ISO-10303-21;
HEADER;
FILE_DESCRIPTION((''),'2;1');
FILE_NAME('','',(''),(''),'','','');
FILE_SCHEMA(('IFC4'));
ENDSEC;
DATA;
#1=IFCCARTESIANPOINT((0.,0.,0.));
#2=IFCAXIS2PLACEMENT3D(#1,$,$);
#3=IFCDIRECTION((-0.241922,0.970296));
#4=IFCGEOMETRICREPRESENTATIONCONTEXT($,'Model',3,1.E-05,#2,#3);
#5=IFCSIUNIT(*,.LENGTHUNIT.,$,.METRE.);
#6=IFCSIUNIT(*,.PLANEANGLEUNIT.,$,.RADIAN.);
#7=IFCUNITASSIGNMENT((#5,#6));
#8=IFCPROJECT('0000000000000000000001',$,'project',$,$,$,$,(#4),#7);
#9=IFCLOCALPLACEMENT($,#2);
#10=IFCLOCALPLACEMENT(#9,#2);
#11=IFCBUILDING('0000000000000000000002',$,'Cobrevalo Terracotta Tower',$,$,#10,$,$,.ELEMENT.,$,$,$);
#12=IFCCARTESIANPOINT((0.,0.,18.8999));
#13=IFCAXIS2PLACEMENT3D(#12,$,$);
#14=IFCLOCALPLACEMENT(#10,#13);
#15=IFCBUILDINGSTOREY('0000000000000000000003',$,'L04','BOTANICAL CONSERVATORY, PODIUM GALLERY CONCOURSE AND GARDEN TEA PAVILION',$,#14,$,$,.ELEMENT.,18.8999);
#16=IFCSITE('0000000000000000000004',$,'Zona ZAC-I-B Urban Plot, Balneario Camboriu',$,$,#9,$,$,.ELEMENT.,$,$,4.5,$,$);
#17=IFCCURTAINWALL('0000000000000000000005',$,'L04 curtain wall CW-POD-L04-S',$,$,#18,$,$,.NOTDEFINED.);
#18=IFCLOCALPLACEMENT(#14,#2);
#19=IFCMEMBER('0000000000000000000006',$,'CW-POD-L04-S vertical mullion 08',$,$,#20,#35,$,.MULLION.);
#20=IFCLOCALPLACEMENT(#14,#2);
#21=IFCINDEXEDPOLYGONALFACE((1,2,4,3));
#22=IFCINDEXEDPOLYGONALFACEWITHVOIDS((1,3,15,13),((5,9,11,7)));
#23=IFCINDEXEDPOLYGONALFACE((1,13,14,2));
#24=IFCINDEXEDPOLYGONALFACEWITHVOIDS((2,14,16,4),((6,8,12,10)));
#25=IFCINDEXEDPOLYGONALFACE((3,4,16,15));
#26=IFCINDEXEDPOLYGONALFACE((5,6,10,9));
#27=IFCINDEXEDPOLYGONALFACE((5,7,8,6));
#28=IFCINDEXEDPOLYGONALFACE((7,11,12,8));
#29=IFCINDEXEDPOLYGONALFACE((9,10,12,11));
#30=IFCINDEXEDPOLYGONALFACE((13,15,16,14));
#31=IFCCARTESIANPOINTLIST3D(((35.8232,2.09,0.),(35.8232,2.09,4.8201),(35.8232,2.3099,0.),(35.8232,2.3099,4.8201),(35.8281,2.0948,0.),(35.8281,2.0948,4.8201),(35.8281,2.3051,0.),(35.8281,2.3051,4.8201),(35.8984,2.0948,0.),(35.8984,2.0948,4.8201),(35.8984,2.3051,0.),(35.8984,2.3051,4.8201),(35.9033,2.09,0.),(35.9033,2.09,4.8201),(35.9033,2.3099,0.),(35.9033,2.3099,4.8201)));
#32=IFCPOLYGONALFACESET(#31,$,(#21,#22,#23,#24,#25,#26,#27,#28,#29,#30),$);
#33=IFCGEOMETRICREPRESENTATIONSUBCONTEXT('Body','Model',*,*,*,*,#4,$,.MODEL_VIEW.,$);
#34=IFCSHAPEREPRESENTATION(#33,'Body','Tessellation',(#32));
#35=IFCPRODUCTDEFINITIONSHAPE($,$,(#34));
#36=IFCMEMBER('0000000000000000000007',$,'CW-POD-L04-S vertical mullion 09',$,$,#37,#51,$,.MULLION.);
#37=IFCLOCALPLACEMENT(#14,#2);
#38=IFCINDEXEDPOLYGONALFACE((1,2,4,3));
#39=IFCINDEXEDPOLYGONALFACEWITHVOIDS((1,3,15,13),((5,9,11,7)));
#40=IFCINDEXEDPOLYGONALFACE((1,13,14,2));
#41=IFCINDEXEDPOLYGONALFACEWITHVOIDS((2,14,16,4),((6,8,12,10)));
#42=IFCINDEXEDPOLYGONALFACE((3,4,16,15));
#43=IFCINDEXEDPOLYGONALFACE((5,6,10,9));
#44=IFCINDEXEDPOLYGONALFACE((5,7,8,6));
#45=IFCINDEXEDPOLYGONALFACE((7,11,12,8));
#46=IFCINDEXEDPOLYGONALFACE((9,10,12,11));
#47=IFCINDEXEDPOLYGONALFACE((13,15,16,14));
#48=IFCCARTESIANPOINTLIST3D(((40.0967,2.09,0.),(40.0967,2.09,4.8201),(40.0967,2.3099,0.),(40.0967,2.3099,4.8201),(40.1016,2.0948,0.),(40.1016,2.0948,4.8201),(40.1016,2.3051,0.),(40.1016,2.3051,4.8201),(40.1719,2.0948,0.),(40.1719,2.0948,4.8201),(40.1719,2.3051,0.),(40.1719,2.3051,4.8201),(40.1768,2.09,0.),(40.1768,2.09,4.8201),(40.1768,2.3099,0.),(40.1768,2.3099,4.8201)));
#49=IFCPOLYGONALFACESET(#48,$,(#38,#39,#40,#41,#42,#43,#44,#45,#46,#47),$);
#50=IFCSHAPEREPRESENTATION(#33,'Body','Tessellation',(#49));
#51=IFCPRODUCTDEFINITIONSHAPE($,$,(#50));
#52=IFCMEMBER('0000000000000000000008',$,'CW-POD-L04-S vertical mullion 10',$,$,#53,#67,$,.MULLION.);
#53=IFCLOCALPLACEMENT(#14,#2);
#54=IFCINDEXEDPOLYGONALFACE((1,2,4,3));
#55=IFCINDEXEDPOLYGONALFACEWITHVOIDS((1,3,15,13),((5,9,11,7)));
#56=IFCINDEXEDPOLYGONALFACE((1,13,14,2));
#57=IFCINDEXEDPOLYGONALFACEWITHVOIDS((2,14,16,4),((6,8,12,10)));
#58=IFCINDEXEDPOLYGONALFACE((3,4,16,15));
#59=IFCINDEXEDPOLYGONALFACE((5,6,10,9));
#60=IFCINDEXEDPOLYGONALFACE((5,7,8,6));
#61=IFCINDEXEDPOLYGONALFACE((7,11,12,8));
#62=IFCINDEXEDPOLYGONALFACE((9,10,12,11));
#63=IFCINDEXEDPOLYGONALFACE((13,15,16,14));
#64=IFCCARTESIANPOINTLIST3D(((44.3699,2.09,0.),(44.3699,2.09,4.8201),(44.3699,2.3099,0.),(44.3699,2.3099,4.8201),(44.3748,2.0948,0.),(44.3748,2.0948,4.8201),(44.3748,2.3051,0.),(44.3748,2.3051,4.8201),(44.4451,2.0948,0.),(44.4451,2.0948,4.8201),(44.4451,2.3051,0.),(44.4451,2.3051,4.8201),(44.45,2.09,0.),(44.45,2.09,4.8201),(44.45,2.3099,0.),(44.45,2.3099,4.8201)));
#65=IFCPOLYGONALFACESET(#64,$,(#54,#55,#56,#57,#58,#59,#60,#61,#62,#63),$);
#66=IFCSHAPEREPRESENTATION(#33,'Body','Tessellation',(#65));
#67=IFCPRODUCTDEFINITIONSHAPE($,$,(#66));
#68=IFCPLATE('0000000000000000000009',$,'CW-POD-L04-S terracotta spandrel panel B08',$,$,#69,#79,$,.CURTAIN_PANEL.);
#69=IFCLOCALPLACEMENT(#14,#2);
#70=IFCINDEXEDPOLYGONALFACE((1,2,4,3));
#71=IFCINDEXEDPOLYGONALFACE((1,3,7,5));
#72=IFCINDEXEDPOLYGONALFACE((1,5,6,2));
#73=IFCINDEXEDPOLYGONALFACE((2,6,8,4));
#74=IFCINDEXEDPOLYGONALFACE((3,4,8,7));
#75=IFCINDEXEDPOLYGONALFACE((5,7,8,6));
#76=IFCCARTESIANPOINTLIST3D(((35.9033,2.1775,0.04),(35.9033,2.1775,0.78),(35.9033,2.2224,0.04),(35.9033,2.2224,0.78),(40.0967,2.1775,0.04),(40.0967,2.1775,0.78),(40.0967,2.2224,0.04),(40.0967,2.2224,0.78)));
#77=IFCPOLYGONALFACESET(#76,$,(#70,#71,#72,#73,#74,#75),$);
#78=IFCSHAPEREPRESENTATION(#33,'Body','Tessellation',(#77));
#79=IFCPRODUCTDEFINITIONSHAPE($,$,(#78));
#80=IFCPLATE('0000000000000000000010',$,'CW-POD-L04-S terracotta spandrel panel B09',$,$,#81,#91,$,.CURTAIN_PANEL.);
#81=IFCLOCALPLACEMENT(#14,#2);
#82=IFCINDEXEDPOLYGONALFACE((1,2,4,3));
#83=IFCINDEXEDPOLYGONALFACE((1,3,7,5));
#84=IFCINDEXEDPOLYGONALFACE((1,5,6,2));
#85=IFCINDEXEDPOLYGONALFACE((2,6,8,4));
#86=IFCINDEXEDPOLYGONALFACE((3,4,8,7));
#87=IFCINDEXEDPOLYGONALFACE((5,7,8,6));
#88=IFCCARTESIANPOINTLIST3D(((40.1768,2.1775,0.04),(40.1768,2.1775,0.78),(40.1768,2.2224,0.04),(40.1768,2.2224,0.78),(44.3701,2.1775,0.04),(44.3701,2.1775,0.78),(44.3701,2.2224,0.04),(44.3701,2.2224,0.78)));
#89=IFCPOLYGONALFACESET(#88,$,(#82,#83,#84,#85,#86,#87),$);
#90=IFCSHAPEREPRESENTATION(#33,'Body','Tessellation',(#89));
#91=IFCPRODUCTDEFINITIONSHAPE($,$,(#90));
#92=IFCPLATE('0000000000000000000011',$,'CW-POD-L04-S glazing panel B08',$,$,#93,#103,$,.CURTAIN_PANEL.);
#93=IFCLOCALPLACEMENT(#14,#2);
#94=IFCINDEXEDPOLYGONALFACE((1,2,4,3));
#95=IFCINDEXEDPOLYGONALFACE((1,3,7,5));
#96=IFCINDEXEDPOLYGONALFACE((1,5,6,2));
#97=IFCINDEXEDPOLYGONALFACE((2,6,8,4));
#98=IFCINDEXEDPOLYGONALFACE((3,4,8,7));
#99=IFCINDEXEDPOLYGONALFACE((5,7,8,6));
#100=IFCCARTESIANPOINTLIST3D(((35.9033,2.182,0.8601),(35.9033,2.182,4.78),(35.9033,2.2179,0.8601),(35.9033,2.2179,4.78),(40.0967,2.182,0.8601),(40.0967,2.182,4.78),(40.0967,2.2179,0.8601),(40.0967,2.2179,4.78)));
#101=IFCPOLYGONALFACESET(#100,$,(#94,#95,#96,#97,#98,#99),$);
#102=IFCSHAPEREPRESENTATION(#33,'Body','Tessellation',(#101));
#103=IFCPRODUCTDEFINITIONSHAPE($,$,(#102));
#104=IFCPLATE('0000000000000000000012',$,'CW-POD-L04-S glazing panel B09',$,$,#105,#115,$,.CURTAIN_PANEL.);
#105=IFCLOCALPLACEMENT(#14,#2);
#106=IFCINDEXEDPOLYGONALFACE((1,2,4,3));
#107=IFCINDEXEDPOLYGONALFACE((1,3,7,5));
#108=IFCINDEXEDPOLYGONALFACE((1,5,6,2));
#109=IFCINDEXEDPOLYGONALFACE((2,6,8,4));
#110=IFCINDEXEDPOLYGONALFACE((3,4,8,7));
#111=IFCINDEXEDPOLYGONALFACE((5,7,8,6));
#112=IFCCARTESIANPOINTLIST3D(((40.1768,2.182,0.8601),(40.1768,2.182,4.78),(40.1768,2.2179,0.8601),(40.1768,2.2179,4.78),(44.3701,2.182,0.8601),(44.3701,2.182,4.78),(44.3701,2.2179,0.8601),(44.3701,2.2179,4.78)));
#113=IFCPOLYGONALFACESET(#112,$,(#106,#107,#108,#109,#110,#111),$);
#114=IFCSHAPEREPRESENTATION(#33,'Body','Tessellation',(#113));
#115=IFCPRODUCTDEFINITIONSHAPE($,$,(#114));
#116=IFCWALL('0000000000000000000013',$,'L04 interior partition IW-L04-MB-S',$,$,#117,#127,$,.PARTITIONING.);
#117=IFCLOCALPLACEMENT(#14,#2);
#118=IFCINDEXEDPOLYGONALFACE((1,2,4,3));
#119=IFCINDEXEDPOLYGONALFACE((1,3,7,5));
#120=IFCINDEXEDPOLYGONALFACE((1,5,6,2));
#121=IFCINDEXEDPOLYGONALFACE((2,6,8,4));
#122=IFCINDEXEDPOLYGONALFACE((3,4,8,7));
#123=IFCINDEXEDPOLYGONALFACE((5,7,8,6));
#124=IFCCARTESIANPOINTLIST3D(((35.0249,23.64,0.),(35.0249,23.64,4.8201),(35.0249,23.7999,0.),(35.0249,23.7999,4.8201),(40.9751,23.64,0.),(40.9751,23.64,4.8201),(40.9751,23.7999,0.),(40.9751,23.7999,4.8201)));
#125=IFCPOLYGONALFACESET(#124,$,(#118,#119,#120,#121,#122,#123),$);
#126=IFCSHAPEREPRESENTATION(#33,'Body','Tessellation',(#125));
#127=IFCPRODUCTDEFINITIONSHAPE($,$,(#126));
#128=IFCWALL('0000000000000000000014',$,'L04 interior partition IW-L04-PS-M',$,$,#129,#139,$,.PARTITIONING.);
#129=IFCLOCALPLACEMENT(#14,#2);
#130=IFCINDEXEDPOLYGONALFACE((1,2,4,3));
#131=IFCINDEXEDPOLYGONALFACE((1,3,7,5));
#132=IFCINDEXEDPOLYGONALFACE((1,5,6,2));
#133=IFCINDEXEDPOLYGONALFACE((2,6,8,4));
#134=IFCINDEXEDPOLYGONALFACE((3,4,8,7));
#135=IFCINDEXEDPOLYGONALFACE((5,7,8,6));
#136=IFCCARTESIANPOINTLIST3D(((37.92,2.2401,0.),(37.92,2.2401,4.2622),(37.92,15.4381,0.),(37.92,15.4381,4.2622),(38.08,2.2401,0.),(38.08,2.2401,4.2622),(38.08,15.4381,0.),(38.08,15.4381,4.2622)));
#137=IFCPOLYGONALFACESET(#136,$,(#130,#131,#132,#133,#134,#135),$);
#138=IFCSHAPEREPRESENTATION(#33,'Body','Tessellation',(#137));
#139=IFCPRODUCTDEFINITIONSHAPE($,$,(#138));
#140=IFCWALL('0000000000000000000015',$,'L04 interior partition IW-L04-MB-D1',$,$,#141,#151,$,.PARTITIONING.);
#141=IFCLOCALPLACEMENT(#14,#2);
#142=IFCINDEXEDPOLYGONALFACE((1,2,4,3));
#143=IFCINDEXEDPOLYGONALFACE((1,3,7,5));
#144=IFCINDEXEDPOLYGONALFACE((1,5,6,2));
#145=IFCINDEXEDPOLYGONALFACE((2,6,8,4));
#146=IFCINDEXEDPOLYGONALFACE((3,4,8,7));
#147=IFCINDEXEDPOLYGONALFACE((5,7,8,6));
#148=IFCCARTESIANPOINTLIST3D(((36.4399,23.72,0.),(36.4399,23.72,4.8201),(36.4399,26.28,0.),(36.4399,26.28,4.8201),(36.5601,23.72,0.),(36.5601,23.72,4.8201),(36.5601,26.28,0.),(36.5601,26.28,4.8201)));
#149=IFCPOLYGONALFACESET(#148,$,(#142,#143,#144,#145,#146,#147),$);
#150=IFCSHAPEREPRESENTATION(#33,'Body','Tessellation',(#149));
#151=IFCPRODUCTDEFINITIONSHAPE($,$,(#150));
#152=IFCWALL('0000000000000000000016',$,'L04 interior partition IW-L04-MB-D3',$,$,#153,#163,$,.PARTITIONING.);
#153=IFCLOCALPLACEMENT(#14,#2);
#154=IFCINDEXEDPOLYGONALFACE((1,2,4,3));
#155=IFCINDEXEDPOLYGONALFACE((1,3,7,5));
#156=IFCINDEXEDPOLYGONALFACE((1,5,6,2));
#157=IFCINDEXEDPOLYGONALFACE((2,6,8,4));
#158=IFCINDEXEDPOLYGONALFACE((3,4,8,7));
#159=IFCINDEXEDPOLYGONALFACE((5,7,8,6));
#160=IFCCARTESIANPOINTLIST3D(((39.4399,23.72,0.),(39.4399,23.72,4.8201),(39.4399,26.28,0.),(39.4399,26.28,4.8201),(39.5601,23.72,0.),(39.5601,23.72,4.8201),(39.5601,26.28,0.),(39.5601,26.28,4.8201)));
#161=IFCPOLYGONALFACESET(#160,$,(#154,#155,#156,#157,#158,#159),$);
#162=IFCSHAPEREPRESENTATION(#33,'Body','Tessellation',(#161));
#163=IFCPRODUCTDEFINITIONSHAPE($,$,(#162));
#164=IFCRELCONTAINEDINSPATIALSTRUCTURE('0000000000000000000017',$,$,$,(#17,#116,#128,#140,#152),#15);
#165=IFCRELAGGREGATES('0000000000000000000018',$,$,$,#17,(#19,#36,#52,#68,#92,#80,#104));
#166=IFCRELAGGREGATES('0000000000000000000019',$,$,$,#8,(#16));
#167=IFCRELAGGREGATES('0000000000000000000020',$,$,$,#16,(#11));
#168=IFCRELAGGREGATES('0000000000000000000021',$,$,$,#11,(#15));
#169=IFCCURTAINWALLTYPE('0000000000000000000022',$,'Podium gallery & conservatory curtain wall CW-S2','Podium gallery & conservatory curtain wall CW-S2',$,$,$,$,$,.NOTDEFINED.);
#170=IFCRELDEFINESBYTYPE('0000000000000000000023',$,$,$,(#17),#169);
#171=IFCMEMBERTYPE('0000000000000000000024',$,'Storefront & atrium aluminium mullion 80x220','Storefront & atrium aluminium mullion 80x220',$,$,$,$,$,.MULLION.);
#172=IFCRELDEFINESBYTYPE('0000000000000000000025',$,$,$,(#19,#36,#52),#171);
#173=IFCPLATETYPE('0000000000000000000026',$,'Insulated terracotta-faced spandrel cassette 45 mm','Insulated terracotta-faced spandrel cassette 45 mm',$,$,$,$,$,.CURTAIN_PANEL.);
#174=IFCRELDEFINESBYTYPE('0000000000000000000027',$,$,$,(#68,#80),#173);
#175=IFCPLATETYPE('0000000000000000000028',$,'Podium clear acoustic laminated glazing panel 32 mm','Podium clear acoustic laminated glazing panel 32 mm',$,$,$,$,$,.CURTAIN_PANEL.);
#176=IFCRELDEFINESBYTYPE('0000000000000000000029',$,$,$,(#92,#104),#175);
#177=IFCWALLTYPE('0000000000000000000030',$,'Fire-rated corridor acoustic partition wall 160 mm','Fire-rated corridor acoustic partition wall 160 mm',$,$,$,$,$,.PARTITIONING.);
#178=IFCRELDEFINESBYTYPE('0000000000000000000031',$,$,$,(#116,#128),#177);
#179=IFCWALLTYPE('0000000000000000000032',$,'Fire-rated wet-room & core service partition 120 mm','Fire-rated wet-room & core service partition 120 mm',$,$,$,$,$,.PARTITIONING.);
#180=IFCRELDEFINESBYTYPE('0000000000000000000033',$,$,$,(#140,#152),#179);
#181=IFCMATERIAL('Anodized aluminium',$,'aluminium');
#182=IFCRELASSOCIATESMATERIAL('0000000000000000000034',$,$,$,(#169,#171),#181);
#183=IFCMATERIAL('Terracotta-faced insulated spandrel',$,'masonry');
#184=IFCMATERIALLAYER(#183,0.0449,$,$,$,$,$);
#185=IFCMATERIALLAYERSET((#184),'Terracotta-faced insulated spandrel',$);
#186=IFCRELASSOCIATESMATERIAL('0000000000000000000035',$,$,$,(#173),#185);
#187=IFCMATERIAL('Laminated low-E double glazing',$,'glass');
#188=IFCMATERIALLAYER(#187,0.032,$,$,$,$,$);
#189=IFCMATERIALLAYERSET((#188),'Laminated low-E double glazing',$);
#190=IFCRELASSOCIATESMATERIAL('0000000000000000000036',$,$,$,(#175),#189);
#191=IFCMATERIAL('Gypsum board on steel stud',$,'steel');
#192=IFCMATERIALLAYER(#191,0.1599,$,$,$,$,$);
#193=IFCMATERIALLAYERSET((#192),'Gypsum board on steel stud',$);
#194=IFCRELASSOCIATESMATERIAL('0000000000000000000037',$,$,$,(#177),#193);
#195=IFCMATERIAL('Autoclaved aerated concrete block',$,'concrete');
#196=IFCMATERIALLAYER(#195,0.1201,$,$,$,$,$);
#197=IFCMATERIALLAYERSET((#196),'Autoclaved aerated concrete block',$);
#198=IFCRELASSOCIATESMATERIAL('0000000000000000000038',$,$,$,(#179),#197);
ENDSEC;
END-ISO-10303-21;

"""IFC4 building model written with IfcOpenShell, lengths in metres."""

from ifc_helpers import new_model, si_unit, direction, frame, frame_2d, origin, origin_2d, place, context, subcontext, project, spatial, rectangle, hollow_rectangle, extrude, source, transform, mapped, material, layer, layer_set, material_profile, profile_set, type_object, element, aggregate, save


model = new_model("IFC4")

# Units and contexts
model_context = context("Model", 3, precision=1e-05, world=origin(), true_north=direction((-0.241922, 0.970296)))
body_context = subcontext(model_context, "Body", "Model", "MODEL_VIEW")
ifc_project = project(units=[si_unit("LENGTHUNIT", "METRE"), si_unit("PLANEANGLEUNIT", "RADIAN")], contexts=[model_context])

# Site, building, storey
site_placement = place(None, origin())
site = spatial("IfcSite", under=ifc_project, at=site_placement, Name="Zona ZAC-I-B Urban Plot, Balneario Camboriu", CompositionType="ELEMENT", RefElevation=4.5)
building_placement = place(site_placement, origin())
building = spatial("IfcBuilding", under=site, at=building_placement, Name="Cobrevalo Terracotta Tower", CompositionType="ELEMENT")
storey_placement = place(building_placement, frame((0.0, 0.0, 18.8999)))
storey = spatial("IfcBuildingStorey", under=building, at=storey_placement, Name="L04", Description="BOTANICAL CONSERVATORY, PODIUM GALLERY CONCOURSE AND GARDEN TEA PAVILION", CompositionType="ELEMENT", Elevation=18.8999)

# Curtain wall, members, plates
ifc_material_1 = material(Name="Anodized aluminium", Category="aluminium")
curtain_wall_type = type_object("IfcCurtainWallType", Name="Podium gallery & conservatory curtain wall CW-S2", Description="Podium gallery & conservatory curtain wall CW-S2", PredefinedType="NOTDEFINED", material=ifc_material_1)
curtain_wall_placement = place(storey_placement, origin())
curtain_wall = element("IfcCurtainWall", 1, at=curtain_wall_placement, inside=storey, type_object=curtain_wall_type, Name="L04 curtain wall CW-POD-L04-S", PredefinedType="NOTDEFINED")
ifc_material_profile_1 = material_profile(ifc_material_1, hollow_rectangle(XDim=0.0801, YDim=0.22, WallThickness=0.0049, at=origin_2d()), Name="CWM 80x220")
ifc_profile_set_1 = profile_set([ifc_material_profile_1], Name="Anodized aluminium")
member_type_1 = type_object("IfcMemberType", Name="Storefront & atrium aluminium mullion 80x220", Description="Storefront & atrium aluminium mullion 80x220", PredefinedType="MULLION", material=ifc_profile_set_1)
shared_shape_1 = source(origin(), body_context, "Body", "SweptSolid", [
    extrude(hollow_rectangle(XDim=0.0801, YDim=0.22, WallThickness=0.0049, at=origin_2d()), origin(), (0.0, 0.0, 1.0), 4.8201),
])
member_1_placement = place(storey_placement, frame((35.8633, 2.2, 0.0), z_axis=(0.0, 0.0, 1.0), x_axis=(1.0, 0.0, 0.0)))
member_1 = element("IfcMember", 2, at=member_1_placement, type_object=member_type_1, Name="CW-POD-L04-S vertical mullion 08", PredefinedType="MULLION", context=body_context, shape_type="MappedRepresentation", body=[
    mapped(shared_shape_1, transform((0.0, 0.0, 0.0), scale=1.0)),
])
member_2_placement = place(storey_placement, frame((40.1367, 2.2, 0.0), z_axis=(0.0, 0.0, 1.0), x_axis=(1.0, 0.0, 0.0)))
member_2 = element("IfcMember", 3, at=member_2_placement, type_object=member_type_1, Name="CW-POD-L04-S vertical mullion 09", PredefinedType="MULLION", context=body_context, shape_type="MappedRepresentation", body=[
    mapped(shared_shape_1, transform((0.0, 0.0, 0.0), scale=1.0)),
])
member_3_placement = place(storey_placement, frame((44.4099, 2.2, 0.0), z_axis=(0.0, 0.0, 1.0), x_axis=(1.0, 0.0, 0.0)))
member_3 = element("IfcMember", 4, at=member_3_placement, type_object=member_type_1, Name="CW-POD-L04-S vertical mullion 10", PredefinedType="MULLION", context=body_context, shape_type="MappedRepresentation", body=[
    mapped(shared_shape_1, transform((0.0, 0.0, 0.0), scale=1.0)),
])
ifc_material_2 = material(Name="Terracotta-faced insulated spandrel", Category="masonry")
ifc_layer_1 = layer(ifc_material_2, 0.0449)
ifc_layer_set_1 = layer_set([ifc_layer_1], Name="Terracotta-faced insulated spandrel")
plate_type_1 = type_object("IfcPlateType", Name="Insulated terracotta-faced spandrel cassette 45 mm", Description="Insulated terracotta-faced spandrel cassette 45 mm", PredefinedType="CURTAIN_PANEL", material=ifc_layer_set_1)
shared_shape_2 = source(origin(), body_context, "Body", "SweptSolid", [
    extrude(rectangle(XDim=4.1934, YDim=0.0449, at=origin_2d()), origin(), (0.0, 0.0, 1.0), 0.74),
])
plate_1_placement = place(storey_placement, frame((38.0, 2.2, 0.04), z_axis=(0.0, 0.0, 1.0), x_axis=(1.0, 0.0, 0.0)))
plate_1 = element("IfcPlate", 5, at=plate_1_placement, type_object=plate_type_1, Name="CW-POD-L04-S terracotta spandrel panel B08", PredefinedType="CURTAIN_PANEL", context=body_context, shape_type="MappedRepresentation", body=[
    mapped(shared_shape_2, transform((0.0, 0.0, 0.0), scale=1.0)),
])
plate_2_placement = place(storey_placement, frame((42.2734, 2.2, 0.04), z_axis=(0.0, 0.0, 1.0), x_axis=(1.0, 0.0, 0.0)))
plate_2 = element("IfcPlate", 6, at=plate_2_placement, type_object=plate_type_1, Name="CW-POD-L04-S terracotta spandrel panel B09", PredefinedType="CURTAIN_PANEL", context=body_context, shape_type="MappedRepresentation", body=[
    mapped(shared_shape_2, transform((0.0, 0.0, 0.0), scale=1.0)),
])
ifc_material_3 = material(Name="Laminated low-E double glazing", Category="glass")
ifc_layer_2 = layer(ifc_material_3, 0.032)
ifc_layer_set_2 = layer_set([ifc_layer_2], Name="Laminated low-E double glazing")
plate_type_2 = type_object("IfcPlateType", Name="Podium clear acoustic laminated glazing panel 32 mm", Description="Podium clear acoustic laminated glazing panel 32 mm", PredefinedType="CURTAIN_PANEL", material=ifc_layer_set_2)
shared_shape_3 = source(origin(), body_context, "Body", "SweptSolid", [
    extrude(rectangle(XDim=4.1934, YDim=0.0359, at=origin_2d()), origin(), (0.0, 0.0, 1.0), 3.9199),
])
plate_3_placement = place(storey_placement, frame((38.0, 2.2, 0.8601), z_axis=(0.0, 0.0, 1.0), x_axis=(1.0, 0.0, 0.0)))
plate_3 = element("IfcPlate", 7, at=plate_3_placement, type_object=plate_type_2, Name="CW-POD-L04-S glazing panel B08", PredefinedType="CURTAIN_PANEL", context=body_context, shape_type="MappedRepresentation", body=[
    mapped(shared_shape_3, transform((0.0, 0.0, 0.0), scale=1.0)),
])
plate_4_placement = place(storey_placement, frame((42.2734, 2.2, 0.8601), z_axis=(0.0, 0.0, 1.0), x_axis=(1.0, 0.0, 0.0)))
plate_4 = element("IfcPlate", 8, at=plate_4_placement, type_object=plate_type_2, Name="CW-POD-L04-S glazing panel B09", PredefinedType="CURTAIN_PANEL", context=body_context, shape_type="MappedRepresentation", body=[
    mapped(shared_shape_3, transform((0.0, 0.0, 0.0), scale=1.0)),
])
aggregate(curtain_wall, [member_1, member_2, member_3, plate_1, plate_3, plate_2, plate_4])

# Walls
ifc_material_4 = material(Name="Gypsum board on steel stud", Category="steel")
ifc_layer_3 = layer(ifc_material_4, 0.1599)
ifc_layer_set_3 = layer_set([ifc_layer_3], Name="Gypsum board on steel stud")
wall_type_1 = type_object("IfcWallType", Name="Fire-rated corridor acoustic partition wall 160 mm", Description="Fire-rated corridor acoustic partition wall 160 mm", PredefinedType="PARTITIONING", material=ifc_layer_set_3)
wall_1_placement = place(storey_placement, frame((35.0249, 23.72, 0.0), z_axis=(0.0, 0.0, 1.0), x_axis=(1.0, 0.0, 0.0)))
element("IfcWall", 9, at=wall_1_placement, inside=storey, type_object=wall_type_1, Name="L04 interior partition IW-L04-MB-S", PredefinedType="PARTITIONING", context=body_context, shape_type="SweptSolid", body=[
    extrude(rectangle(XDim=5.9502, YDim=0.1599, at=frame_2d((2.9751, 0.0))), origin(), (0.0, 0.0, 1.0), 4.8201),
])
wall_2_placement = place(storey_placement, frame((38.0, 2.24, 0.0), z_axis=(0.0, 0.0, 1.0), x_axis=(0.0, 1.0, 0.0)))
element("IfcWall", 10, at=wall_2_placement, inside=storey, type_object=wall_type_1, Name="L04 interior partition IW-L04-PS-M", PredefinedType="PARTITIONING", context=body_context, shape_type="SweptSolid", body=[
    extrude(rectangle(XDim=13.198, YDim=0.1599, at=frame_2d((6.5991, 0.0))), origin(), (0.0, 0.0, 1.0), 4.2622),
])
ifc_material_5 = material(Name="Autoclaved aerated concrete block", Category="concrete")
ifc_layer_4 = layer(ifc_material_5, 0.1201)
ifc_layer_set_4 = layer_set([ifc_layer_4], Name="Autoclaved aerated concrete block")
wall_type_2 = type_object("IfcWallType", Name="Fire-rated wet-room & core service partition 120 mm", Description="Fire-rated wet-room & core service partition 120 mm", PredefinedType="PARTITIONING", material=ifc_layer_set_4)
for number, where, z_axis, x_axis, name in (
    (11, (36.5, 23.72, 0.0), (0.0, 0.0, 1.0), (0.0, 1.0, 0.0), "L04 interior partition IW-L04-MB-D1"),
    (12, (39.5, 23.72, 0.0), (0.0, 0.0, 1.0), (0.0, 1.0, 0.0), "L04 interior partition IW-L04-MB-D3"),
):
    element("IfcWall", number, at=place(storey_placement, frame(where, z_axis=z_axis, x_axis=x_axis)), inside=storey, type_object=wall_type_2, Name=name, PredefinedType="PARTITIONING", context=body_context, shape_type="SweptSolid", body=[
        extrude(rectangle(XDim=2.5601, YDim=0.1201, at=frame_2d((1.28, 0.0))), origin(), (0.0, 0.0, 1.0), 4.8201),
    ])

save(model, "model.ifc")
